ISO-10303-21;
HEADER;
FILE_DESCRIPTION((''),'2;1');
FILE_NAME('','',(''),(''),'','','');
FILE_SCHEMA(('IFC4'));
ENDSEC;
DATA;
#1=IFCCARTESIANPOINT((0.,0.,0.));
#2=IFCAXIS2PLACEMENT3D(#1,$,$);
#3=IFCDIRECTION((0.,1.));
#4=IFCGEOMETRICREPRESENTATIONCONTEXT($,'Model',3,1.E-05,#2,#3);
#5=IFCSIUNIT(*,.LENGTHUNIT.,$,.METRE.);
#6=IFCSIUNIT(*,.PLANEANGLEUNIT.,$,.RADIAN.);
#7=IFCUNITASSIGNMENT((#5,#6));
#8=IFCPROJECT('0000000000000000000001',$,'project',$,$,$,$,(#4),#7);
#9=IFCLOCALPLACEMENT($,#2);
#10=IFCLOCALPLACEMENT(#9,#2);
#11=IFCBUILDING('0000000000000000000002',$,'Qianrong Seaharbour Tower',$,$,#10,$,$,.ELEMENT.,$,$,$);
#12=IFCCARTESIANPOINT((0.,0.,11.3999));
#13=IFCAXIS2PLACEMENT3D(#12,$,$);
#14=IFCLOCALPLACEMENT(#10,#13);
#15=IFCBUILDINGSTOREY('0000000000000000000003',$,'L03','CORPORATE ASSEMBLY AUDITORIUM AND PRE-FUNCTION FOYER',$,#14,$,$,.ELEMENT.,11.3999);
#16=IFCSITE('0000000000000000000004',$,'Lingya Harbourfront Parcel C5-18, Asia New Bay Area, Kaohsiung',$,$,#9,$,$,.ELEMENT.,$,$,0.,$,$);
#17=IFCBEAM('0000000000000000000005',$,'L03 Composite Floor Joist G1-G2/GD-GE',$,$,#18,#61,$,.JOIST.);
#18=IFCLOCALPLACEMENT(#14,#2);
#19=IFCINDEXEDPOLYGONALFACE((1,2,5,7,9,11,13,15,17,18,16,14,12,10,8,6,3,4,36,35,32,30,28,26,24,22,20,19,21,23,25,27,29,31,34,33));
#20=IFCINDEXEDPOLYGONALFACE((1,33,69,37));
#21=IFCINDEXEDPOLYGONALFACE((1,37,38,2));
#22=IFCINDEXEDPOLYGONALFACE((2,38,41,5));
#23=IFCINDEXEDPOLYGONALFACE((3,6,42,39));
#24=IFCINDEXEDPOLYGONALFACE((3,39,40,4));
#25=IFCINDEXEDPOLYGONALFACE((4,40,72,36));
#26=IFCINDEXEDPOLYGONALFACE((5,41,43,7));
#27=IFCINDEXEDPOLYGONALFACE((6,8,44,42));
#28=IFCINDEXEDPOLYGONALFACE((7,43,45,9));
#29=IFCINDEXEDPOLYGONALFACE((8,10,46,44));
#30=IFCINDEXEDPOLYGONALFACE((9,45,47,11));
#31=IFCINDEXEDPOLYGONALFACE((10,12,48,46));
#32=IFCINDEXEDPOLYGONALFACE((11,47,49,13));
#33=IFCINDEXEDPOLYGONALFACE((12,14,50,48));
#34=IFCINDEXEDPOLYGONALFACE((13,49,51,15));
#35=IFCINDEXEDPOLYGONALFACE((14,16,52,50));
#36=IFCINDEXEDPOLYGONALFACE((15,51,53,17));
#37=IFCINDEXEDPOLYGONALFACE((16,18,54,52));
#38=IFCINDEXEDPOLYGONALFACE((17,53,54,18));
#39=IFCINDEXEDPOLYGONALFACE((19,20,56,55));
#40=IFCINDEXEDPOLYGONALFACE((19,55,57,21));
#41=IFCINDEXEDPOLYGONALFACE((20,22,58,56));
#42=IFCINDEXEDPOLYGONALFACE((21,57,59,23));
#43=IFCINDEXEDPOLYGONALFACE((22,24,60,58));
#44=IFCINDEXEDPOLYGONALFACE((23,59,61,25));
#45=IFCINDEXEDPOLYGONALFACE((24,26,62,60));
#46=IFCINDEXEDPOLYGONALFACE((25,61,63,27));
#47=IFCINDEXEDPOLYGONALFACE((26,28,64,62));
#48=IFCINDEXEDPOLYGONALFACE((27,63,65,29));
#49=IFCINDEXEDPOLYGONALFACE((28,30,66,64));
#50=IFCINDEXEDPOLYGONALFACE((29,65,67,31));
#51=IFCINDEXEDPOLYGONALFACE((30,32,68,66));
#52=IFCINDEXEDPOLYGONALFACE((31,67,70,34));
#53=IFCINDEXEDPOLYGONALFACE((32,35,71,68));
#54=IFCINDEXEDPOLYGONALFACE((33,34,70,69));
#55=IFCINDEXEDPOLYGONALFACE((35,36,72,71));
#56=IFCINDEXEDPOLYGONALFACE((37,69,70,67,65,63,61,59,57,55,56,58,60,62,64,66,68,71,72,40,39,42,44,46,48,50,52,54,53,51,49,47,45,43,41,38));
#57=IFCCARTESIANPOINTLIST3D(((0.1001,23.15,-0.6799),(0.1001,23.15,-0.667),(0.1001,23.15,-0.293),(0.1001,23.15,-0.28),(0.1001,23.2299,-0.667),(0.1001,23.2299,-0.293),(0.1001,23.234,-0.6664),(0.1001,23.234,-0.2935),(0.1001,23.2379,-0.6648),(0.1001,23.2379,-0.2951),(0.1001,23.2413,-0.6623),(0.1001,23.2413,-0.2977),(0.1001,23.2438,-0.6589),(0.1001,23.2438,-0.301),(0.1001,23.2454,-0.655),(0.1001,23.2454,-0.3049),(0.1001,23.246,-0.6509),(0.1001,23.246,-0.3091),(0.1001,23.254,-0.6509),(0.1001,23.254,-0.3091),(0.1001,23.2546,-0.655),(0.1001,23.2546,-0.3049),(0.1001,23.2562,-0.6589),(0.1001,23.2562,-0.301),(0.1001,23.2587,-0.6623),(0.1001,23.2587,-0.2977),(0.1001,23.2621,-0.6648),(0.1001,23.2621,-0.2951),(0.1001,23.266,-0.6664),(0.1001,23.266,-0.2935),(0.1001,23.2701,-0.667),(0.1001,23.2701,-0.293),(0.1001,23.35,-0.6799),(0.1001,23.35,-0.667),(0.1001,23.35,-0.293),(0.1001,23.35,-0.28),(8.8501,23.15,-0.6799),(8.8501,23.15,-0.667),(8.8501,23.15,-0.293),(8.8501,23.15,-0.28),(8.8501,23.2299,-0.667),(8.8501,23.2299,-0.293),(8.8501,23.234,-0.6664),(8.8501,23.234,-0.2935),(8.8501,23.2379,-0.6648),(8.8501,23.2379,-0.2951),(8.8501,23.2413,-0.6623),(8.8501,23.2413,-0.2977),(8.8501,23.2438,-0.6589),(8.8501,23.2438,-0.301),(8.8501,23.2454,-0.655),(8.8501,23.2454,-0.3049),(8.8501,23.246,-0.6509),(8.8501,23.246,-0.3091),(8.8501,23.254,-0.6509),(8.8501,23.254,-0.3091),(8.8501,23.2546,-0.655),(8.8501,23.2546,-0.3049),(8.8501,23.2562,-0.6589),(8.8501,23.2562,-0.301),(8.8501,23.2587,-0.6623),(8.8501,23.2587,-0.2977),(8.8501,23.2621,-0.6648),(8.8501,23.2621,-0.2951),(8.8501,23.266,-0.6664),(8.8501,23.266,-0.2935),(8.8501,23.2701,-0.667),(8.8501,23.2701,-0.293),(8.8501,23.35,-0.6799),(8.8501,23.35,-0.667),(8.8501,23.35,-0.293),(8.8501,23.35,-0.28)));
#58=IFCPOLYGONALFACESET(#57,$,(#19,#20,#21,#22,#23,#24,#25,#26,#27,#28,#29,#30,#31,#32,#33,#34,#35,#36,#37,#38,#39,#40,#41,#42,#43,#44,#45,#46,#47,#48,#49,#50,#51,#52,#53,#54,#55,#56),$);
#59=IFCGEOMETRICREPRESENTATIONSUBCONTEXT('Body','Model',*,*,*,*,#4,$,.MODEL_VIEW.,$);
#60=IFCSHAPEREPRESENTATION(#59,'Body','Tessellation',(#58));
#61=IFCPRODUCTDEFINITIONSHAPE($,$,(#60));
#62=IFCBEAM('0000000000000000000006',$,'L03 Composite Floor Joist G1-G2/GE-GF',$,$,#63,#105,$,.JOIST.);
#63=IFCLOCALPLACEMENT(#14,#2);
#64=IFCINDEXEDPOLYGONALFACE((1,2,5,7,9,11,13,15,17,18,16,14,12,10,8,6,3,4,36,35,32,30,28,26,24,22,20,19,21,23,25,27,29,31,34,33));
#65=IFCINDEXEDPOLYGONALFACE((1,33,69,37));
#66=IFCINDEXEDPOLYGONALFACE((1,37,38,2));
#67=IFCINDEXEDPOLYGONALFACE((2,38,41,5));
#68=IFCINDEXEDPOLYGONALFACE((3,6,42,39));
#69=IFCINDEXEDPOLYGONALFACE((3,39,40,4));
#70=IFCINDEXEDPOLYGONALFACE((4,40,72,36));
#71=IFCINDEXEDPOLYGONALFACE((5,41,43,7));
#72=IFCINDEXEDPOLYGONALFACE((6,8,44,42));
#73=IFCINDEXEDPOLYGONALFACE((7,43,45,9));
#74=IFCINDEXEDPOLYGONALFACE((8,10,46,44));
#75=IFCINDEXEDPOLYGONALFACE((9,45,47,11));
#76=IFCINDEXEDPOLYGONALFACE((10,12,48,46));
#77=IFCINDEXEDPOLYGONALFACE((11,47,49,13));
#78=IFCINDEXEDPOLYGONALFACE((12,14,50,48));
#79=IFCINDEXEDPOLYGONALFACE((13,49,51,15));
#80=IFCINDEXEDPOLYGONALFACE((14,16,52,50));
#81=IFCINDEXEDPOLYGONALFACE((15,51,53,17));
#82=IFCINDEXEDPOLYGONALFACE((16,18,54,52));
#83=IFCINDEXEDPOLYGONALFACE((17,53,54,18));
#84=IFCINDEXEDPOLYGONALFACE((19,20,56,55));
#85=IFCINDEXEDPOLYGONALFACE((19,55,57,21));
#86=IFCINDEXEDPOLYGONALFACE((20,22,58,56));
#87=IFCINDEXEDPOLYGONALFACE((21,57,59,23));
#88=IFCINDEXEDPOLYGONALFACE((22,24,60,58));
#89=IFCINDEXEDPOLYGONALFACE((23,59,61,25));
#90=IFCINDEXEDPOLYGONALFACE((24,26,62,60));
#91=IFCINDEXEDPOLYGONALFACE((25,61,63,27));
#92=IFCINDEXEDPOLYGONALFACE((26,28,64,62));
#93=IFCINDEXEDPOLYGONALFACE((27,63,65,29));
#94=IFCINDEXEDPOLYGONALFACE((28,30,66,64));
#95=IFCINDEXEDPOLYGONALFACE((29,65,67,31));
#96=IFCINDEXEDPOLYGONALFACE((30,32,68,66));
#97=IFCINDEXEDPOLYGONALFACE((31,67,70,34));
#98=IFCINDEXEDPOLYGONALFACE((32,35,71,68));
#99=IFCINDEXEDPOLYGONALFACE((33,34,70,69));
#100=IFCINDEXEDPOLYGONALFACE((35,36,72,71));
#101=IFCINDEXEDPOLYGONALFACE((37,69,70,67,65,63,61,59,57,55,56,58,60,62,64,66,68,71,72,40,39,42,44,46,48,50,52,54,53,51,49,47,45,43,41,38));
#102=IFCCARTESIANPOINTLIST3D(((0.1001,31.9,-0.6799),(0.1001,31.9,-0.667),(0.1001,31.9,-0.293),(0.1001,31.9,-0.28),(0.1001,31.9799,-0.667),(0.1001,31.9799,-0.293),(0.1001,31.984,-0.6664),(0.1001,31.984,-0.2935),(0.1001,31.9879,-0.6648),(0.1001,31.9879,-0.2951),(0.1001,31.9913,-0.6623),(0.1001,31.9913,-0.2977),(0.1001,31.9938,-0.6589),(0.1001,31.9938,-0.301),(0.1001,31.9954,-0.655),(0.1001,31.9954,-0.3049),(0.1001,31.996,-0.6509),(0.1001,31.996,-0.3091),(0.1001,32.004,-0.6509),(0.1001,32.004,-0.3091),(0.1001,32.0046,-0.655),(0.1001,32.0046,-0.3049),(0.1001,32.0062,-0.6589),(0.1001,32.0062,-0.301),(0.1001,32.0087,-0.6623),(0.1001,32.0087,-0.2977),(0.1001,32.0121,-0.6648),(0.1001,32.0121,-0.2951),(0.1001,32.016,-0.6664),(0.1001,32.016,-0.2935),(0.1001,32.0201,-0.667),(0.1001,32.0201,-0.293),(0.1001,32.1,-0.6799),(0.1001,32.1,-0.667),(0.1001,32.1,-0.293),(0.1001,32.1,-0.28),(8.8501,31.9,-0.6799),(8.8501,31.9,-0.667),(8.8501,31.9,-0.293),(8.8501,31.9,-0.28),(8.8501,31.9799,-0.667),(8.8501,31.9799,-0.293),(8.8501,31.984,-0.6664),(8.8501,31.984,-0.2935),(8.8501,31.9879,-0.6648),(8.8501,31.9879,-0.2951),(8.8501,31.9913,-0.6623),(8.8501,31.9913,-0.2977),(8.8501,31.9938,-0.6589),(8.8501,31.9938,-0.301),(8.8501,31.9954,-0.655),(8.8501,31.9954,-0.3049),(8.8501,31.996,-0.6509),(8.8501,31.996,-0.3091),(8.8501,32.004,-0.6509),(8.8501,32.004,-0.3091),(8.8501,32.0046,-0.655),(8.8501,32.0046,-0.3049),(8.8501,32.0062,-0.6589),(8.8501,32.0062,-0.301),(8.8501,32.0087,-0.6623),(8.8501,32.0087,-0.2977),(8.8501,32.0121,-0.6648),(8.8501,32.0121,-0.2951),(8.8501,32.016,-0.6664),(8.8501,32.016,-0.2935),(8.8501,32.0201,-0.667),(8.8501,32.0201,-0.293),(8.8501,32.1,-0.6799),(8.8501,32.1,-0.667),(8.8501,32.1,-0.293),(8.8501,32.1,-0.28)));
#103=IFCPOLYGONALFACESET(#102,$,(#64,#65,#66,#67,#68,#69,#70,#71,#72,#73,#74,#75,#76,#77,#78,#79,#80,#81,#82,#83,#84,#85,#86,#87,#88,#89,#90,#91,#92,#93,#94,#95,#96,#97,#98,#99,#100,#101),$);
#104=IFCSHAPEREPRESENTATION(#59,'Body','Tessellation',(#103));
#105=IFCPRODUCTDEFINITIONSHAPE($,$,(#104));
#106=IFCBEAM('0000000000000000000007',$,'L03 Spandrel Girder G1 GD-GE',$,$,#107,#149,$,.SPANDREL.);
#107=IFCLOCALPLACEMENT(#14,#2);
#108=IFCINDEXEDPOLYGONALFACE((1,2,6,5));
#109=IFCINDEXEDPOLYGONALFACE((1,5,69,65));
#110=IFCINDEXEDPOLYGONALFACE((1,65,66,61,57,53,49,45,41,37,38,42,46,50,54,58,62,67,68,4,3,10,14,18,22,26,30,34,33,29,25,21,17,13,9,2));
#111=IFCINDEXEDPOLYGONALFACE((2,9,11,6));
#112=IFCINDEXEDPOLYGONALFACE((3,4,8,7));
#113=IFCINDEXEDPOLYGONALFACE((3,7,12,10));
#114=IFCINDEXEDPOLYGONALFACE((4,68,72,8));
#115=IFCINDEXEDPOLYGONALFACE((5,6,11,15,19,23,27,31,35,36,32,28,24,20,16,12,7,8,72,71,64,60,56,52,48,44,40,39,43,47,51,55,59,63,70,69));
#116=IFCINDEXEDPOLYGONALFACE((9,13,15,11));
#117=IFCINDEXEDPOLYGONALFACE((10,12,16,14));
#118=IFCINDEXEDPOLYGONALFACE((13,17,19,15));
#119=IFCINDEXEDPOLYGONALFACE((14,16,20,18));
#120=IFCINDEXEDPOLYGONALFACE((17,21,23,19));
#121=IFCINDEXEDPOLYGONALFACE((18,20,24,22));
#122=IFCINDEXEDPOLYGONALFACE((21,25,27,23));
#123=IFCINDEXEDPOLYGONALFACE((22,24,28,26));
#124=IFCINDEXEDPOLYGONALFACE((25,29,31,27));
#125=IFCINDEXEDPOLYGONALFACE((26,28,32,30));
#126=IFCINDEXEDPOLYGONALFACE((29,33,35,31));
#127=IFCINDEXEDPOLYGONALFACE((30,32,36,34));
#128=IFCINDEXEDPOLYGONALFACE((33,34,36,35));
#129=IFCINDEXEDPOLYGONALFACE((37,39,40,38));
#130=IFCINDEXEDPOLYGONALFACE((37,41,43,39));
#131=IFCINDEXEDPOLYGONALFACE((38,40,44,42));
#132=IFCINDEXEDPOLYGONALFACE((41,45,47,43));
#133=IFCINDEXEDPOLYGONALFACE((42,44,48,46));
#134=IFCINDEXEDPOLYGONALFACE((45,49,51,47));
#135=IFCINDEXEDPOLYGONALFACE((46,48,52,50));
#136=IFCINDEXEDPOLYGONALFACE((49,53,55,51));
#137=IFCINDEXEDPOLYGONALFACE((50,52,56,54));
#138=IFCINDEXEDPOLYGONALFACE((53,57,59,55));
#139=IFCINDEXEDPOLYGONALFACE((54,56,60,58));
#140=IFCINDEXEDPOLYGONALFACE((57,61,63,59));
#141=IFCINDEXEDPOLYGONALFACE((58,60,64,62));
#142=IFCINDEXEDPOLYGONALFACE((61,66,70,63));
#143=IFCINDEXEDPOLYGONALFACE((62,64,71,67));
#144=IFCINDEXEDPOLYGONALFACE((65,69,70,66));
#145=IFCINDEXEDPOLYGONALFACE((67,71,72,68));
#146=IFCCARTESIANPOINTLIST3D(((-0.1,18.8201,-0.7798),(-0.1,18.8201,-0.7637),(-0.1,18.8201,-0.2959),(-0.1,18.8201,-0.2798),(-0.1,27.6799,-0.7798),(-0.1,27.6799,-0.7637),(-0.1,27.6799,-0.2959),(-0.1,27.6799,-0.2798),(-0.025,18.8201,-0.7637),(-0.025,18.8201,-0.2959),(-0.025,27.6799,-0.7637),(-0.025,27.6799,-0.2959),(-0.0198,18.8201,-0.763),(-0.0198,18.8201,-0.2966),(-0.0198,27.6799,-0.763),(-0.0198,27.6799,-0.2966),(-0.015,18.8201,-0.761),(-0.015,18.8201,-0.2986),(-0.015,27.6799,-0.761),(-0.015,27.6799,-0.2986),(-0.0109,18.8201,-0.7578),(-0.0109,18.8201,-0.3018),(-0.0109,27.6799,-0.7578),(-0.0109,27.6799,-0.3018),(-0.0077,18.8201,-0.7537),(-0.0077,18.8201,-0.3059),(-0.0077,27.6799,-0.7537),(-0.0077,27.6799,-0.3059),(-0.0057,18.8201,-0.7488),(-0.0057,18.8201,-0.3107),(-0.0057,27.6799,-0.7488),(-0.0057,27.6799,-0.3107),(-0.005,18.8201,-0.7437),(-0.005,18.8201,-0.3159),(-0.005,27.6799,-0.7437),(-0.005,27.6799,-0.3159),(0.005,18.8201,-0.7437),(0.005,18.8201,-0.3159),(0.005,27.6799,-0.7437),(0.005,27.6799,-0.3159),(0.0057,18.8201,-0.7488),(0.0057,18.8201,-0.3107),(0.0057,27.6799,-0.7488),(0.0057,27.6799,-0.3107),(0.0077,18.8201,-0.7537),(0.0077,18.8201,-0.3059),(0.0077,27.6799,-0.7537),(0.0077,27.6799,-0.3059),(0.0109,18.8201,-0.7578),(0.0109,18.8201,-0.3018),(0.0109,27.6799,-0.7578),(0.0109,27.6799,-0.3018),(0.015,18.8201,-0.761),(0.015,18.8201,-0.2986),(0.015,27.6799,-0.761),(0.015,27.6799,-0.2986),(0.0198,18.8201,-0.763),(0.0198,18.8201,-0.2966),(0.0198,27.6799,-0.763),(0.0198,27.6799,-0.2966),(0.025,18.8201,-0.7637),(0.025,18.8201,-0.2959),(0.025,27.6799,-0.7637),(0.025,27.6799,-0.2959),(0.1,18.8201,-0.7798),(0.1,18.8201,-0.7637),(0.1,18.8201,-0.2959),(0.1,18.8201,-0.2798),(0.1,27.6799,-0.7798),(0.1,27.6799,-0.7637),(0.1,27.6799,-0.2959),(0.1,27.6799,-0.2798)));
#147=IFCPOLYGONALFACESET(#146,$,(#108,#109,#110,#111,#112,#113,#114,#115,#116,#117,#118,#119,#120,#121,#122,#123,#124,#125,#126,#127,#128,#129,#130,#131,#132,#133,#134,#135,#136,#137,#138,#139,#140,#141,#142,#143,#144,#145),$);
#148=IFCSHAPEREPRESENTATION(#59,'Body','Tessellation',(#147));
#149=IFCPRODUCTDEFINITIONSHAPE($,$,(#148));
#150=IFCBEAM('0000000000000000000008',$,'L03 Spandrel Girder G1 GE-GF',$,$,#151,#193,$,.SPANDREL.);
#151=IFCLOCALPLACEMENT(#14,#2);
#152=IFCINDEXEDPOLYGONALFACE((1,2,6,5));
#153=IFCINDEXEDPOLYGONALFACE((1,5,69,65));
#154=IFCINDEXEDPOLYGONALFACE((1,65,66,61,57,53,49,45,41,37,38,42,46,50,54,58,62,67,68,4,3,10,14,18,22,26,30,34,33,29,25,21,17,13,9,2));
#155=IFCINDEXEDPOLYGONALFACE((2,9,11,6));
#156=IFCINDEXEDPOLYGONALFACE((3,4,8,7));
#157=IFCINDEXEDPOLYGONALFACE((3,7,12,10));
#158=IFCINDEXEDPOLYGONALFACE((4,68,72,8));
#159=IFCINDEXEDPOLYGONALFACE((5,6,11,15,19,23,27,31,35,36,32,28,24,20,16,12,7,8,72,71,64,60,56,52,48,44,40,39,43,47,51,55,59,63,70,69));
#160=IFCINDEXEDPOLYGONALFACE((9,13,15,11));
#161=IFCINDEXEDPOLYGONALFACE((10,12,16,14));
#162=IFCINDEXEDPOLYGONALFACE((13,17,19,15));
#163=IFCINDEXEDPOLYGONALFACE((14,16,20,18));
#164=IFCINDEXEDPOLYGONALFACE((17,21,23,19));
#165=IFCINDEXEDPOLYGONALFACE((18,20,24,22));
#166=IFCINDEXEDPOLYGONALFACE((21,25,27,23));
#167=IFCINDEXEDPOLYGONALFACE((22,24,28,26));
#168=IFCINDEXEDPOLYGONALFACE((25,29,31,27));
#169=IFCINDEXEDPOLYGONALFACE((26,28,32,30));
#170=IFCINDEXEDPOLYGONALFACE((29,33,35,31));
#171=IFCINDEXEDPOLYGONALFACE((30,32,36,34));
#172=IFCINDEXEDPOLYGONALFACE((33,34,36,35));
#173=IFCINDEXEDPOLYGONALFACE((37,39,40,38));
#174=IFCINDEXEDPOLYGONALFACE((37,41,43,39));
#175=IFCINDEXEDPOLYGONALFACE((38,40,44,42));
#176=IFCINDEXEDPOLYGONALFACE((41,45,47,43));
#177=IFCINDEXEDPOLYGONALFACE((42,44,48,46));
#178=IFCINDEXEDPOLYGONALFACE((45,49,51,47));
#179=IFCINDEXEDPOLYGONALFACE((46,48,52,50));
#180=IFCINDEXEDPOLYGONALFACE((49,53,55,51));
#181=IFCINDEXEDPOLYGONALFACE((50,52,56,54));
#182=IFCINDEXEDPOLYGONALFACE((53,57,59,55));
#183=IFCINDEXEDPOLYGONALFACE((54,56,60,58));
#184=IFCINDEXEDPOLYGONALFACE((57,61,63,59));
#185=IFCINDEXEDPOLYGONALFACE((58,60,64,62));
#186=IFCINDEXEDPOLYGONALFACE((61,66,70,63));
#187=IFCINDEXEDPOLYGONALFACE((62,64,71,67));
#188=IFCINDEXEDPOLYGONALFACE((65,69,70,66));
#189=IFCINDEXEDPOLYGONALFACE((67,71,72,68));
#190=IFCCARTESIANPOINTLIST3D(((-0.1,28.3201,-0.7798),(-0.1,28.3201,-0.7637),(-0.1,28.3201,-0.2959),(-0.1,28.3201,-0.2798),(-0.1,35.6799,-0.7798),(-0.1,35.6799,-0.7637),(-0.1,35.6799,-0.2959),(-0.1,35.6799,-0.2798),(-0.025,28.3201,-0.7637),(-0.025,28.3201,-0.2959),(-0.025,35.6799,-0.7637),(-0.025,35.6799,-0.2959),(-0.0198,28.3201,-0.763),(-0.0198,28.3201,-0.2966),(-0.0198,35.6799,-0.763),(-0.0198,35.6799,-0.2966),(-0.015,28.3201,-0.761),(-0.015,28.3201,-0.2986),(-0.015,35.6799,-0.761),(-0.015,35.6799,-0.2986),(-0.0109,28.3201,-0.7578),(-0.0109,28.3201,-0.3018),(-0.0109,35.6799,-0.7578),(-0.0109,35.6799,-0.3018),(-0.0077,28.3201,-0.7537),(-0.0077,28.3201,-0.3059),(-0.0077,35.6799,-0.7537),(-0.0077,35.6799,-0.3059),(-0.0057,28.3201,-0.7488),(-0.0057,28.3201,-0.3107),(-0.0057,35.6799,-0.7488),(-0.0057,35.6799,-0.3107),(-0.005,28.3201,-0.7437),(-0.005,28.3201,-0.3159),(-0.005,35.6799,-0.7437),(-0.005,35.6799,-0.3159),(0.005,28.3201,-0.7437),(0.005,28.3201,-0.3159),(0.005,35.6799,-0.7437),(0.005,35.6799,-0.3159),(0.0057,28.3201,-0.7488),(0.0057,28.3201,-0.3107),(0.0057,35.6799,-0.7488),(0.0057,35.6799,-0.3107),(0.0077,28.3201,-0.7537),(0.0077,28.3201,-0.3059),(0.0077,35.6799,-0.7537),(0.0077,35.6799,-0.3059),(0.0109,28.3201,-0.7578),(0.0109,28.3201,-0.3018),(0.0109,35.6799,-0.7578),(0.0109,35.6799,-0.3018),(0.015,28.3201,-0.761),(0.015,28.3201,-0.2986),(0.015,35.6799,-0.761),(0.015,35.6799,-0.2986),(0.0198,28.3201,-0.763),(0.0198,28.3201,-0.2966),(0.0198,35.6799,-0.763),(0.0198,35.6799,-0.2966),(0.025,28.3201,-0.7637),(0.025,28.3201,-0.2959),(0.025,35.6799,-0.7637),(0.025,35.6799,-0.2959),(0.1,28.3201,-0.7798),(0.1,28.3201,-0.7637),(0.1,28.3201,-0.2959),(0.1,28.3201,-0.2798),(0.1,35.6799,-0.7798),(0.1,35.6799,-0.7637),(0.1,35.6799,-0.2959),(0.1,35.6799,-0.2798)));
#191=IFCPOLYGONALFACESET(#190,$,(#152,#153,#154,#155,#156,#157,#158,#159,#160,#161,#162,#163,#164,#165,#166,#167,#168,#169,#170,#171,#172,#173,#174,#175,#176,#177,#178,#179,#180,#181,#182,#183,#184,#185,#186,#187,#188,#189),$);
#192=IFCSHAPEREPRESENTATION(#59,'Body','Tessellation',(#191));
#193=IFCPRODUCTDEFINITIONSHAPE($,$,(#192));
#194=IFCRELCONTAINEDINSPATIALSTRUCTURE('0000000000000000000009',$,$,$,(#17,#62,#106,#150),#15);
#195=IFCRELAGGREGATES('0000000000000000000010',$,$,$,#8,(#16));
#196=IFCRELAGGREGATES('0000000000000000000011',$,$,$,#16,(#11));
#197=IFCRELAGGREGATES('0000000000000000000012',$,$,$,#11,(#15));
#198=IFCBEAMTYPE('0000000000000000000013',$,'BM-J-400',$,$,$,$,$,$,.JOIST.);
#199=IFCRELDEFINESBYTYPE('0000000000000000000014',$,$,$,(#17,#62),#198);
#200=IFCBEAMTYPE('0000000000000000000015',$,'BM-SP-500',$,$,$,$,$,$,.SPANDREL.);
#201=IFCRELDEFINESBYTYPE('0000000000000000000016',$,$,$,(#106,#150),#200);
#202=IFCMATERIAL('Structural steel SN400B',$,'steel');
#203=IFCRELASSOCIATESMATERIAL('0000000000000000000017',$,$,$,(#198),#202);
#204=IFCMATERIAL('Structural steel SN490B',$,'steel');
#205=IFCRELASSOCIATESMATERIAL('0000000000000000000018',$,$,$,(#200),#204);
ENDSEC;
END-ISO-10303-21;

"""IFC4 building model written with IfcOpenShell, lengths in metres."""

from ifc_helpers import new_model, si_unit, direction, frame, origin, origin_2d, place, context, subcontext, project, spatial, i_section, extrude, material, material_profile, profile_set, type_object, element, save


model = new_model("IFC4")

# Units and contexts
model_context = context("Model", 3, precision=1e-05, world=origin(), true_north=direction((0.0, 1.0)))
body_context = subcontext(model_context, "Body", "Model", "MODEL_VIEW")
ifc_project = project(units=[si_unit("LENGTHUNIT", "METRE"), si_unit("PLANEANGLEUNIT", "RADIAN")], contexts=[model_context])

# Site, building, storey
site_placement = place(None, origin())
site = spatial("IfcSite", under=ifc_project, at=site_placement, Name="Lingya Harbourfront Parcel C5-18, Asia New Bay Area, Kaohsiung", CompositionType="ELEMENT", RefElevation=0.0)
building_placement = place(site_placement, origin())
building = spatial("IfcBuilding", under=site, at=building_placement, Name="Qianrong Seaharbour Tower", CompositionType="ELEMENT")
storey_placement = place(building_placement, frame((0.0, 0.0, 11.3999)))
storey = spatial("IfcBuildingStorey", under=building, at=storey_placement, Name="L03", Description="CORPORATE ASSEMBLY AUDITORIUM AND PRE-FUNCTION FOYER", CompositionType="ELEMENT", Elevation=11.3999)

# Shared definitions
ifc_material_1 = material(Name="Structural steel SN490B", Category="steel")

# Beams
ifc_material_2 = material(Name="Structural steel SN400B", Category="steel")
ifc_material_profile_1 = material_profile(ifc_material_2, i_section(OverallWidth=0.2, OverallDepth=0.3999, WebThickness=0.0081, FlangeThickness=0.0129, FilletRadius=0.0161, at=origin_2d()), Name="H400x200x8x13")
ifc_profile_set_1 = profile_set([ifc_material_profile_1], Name="Structural steel SN400B")
beam_type_1 = type_object("IfcBeamType", Name="BM-J-400", PredefinedType="JOIST", material=ifc_profile_set_1)
for number, where, z_axis, x_axis, name in (
    (1, (0.1001, 23.25, -0.48), (1.0, 0.0, 0.0), (0.0, 1.0, 0.0), "L03 Composite Floor Joist G1-G2/GD-GE"),
    (2, (0.1001, 32.0, -0.48), (1.0, 0.0, 0.0), (0.0, 1.0, 0.0), "L03 Composite Floor Joist G1-G2/GE-GF"),
):
    element("IfcBeam", number, at=place(storey_placement, frame(where, z_axis=z_axis, x_axis=x_axis)), inside=storey, type_object=beam_type_1, Name=name, PredefinedType="JOIST", context=body_context, shape_type="SweptSolid", body=[
        extrude(i_section(OverallWidth=0.2, OverallDepth=0.3999, WebThickness=0.0081, FlangeThickness=0.0129, FilletRadius=0.0161, at=origin_2d()), origin(), (0.0, 0.0, 1.0), 8.75),
    ])
ifc_material_profile_2 = material_profile(ifc_material_1, i_section(OverallWidth=0.2, OverallDepth=0.5, WebThickness=0.01, FlangeThickness=0.0161, FilletRadius=0.02, at=origin_2d()), Name="H500x200x10x16")
ifc_profile_set_2 = profile_set([ifc_material_profile_2], Name="Structural steel SN490B")
beam_type_2 = type_object("IfcBeamType", Name="BM-SP-500", PredefinedType="SPANDREL", material=ifc_profile_set_2)
beam_1_placement = place(storey_placement, frame((0.0, 18.8201, -0.5298), z_axis=(0.0, 1.0, 0.0), x_axis=(-1.0, 0.0, 0.0)))
element("IfcBeam", 3, at=beam_1_placement, inside=storey, type_object=beam_type_2, Name="L03 Spandrel Girder G1 GD-GE", PredefinedType="SPANDREL", context=body_context, shape_type="SweptSolid", body=[
    extrude(i_section(OverallWidth=0.2, OverallDepth=0.5, WebThickness=0.01, FlangeThickness=0.0161, FilletRadius=0.02, at=origin_2d()), origin(), (0.0, 0.0, 1.0), 8.8599),
])
beam_2_placement = place(storey_placement, frame((0.0, 28.3201, -0.5298), z_axis=(0.0, 1.0, 0.0), x_axis=(-1.0, 0.0, 0.0)))
element("IfcBeam", 4, at=beam_2_placement, inside=storey, type_object=beam_type_2, Name="L03 Spandrel Girder G1 GE-GF", PredefinedType="SPANDREL", context=body_context, shape_type="SweptSolid", body=[
    extrude(i_section(OverallWidth=0.2, OverallDepth=0.5, WebThickness=0.01, FlangeThickness=0.0161, FilletRadius=0.02, at=origin_2d()), origin(), (0.0, 0.0, 1.0), 7.3599),
])

save(model, "model.ifc")
